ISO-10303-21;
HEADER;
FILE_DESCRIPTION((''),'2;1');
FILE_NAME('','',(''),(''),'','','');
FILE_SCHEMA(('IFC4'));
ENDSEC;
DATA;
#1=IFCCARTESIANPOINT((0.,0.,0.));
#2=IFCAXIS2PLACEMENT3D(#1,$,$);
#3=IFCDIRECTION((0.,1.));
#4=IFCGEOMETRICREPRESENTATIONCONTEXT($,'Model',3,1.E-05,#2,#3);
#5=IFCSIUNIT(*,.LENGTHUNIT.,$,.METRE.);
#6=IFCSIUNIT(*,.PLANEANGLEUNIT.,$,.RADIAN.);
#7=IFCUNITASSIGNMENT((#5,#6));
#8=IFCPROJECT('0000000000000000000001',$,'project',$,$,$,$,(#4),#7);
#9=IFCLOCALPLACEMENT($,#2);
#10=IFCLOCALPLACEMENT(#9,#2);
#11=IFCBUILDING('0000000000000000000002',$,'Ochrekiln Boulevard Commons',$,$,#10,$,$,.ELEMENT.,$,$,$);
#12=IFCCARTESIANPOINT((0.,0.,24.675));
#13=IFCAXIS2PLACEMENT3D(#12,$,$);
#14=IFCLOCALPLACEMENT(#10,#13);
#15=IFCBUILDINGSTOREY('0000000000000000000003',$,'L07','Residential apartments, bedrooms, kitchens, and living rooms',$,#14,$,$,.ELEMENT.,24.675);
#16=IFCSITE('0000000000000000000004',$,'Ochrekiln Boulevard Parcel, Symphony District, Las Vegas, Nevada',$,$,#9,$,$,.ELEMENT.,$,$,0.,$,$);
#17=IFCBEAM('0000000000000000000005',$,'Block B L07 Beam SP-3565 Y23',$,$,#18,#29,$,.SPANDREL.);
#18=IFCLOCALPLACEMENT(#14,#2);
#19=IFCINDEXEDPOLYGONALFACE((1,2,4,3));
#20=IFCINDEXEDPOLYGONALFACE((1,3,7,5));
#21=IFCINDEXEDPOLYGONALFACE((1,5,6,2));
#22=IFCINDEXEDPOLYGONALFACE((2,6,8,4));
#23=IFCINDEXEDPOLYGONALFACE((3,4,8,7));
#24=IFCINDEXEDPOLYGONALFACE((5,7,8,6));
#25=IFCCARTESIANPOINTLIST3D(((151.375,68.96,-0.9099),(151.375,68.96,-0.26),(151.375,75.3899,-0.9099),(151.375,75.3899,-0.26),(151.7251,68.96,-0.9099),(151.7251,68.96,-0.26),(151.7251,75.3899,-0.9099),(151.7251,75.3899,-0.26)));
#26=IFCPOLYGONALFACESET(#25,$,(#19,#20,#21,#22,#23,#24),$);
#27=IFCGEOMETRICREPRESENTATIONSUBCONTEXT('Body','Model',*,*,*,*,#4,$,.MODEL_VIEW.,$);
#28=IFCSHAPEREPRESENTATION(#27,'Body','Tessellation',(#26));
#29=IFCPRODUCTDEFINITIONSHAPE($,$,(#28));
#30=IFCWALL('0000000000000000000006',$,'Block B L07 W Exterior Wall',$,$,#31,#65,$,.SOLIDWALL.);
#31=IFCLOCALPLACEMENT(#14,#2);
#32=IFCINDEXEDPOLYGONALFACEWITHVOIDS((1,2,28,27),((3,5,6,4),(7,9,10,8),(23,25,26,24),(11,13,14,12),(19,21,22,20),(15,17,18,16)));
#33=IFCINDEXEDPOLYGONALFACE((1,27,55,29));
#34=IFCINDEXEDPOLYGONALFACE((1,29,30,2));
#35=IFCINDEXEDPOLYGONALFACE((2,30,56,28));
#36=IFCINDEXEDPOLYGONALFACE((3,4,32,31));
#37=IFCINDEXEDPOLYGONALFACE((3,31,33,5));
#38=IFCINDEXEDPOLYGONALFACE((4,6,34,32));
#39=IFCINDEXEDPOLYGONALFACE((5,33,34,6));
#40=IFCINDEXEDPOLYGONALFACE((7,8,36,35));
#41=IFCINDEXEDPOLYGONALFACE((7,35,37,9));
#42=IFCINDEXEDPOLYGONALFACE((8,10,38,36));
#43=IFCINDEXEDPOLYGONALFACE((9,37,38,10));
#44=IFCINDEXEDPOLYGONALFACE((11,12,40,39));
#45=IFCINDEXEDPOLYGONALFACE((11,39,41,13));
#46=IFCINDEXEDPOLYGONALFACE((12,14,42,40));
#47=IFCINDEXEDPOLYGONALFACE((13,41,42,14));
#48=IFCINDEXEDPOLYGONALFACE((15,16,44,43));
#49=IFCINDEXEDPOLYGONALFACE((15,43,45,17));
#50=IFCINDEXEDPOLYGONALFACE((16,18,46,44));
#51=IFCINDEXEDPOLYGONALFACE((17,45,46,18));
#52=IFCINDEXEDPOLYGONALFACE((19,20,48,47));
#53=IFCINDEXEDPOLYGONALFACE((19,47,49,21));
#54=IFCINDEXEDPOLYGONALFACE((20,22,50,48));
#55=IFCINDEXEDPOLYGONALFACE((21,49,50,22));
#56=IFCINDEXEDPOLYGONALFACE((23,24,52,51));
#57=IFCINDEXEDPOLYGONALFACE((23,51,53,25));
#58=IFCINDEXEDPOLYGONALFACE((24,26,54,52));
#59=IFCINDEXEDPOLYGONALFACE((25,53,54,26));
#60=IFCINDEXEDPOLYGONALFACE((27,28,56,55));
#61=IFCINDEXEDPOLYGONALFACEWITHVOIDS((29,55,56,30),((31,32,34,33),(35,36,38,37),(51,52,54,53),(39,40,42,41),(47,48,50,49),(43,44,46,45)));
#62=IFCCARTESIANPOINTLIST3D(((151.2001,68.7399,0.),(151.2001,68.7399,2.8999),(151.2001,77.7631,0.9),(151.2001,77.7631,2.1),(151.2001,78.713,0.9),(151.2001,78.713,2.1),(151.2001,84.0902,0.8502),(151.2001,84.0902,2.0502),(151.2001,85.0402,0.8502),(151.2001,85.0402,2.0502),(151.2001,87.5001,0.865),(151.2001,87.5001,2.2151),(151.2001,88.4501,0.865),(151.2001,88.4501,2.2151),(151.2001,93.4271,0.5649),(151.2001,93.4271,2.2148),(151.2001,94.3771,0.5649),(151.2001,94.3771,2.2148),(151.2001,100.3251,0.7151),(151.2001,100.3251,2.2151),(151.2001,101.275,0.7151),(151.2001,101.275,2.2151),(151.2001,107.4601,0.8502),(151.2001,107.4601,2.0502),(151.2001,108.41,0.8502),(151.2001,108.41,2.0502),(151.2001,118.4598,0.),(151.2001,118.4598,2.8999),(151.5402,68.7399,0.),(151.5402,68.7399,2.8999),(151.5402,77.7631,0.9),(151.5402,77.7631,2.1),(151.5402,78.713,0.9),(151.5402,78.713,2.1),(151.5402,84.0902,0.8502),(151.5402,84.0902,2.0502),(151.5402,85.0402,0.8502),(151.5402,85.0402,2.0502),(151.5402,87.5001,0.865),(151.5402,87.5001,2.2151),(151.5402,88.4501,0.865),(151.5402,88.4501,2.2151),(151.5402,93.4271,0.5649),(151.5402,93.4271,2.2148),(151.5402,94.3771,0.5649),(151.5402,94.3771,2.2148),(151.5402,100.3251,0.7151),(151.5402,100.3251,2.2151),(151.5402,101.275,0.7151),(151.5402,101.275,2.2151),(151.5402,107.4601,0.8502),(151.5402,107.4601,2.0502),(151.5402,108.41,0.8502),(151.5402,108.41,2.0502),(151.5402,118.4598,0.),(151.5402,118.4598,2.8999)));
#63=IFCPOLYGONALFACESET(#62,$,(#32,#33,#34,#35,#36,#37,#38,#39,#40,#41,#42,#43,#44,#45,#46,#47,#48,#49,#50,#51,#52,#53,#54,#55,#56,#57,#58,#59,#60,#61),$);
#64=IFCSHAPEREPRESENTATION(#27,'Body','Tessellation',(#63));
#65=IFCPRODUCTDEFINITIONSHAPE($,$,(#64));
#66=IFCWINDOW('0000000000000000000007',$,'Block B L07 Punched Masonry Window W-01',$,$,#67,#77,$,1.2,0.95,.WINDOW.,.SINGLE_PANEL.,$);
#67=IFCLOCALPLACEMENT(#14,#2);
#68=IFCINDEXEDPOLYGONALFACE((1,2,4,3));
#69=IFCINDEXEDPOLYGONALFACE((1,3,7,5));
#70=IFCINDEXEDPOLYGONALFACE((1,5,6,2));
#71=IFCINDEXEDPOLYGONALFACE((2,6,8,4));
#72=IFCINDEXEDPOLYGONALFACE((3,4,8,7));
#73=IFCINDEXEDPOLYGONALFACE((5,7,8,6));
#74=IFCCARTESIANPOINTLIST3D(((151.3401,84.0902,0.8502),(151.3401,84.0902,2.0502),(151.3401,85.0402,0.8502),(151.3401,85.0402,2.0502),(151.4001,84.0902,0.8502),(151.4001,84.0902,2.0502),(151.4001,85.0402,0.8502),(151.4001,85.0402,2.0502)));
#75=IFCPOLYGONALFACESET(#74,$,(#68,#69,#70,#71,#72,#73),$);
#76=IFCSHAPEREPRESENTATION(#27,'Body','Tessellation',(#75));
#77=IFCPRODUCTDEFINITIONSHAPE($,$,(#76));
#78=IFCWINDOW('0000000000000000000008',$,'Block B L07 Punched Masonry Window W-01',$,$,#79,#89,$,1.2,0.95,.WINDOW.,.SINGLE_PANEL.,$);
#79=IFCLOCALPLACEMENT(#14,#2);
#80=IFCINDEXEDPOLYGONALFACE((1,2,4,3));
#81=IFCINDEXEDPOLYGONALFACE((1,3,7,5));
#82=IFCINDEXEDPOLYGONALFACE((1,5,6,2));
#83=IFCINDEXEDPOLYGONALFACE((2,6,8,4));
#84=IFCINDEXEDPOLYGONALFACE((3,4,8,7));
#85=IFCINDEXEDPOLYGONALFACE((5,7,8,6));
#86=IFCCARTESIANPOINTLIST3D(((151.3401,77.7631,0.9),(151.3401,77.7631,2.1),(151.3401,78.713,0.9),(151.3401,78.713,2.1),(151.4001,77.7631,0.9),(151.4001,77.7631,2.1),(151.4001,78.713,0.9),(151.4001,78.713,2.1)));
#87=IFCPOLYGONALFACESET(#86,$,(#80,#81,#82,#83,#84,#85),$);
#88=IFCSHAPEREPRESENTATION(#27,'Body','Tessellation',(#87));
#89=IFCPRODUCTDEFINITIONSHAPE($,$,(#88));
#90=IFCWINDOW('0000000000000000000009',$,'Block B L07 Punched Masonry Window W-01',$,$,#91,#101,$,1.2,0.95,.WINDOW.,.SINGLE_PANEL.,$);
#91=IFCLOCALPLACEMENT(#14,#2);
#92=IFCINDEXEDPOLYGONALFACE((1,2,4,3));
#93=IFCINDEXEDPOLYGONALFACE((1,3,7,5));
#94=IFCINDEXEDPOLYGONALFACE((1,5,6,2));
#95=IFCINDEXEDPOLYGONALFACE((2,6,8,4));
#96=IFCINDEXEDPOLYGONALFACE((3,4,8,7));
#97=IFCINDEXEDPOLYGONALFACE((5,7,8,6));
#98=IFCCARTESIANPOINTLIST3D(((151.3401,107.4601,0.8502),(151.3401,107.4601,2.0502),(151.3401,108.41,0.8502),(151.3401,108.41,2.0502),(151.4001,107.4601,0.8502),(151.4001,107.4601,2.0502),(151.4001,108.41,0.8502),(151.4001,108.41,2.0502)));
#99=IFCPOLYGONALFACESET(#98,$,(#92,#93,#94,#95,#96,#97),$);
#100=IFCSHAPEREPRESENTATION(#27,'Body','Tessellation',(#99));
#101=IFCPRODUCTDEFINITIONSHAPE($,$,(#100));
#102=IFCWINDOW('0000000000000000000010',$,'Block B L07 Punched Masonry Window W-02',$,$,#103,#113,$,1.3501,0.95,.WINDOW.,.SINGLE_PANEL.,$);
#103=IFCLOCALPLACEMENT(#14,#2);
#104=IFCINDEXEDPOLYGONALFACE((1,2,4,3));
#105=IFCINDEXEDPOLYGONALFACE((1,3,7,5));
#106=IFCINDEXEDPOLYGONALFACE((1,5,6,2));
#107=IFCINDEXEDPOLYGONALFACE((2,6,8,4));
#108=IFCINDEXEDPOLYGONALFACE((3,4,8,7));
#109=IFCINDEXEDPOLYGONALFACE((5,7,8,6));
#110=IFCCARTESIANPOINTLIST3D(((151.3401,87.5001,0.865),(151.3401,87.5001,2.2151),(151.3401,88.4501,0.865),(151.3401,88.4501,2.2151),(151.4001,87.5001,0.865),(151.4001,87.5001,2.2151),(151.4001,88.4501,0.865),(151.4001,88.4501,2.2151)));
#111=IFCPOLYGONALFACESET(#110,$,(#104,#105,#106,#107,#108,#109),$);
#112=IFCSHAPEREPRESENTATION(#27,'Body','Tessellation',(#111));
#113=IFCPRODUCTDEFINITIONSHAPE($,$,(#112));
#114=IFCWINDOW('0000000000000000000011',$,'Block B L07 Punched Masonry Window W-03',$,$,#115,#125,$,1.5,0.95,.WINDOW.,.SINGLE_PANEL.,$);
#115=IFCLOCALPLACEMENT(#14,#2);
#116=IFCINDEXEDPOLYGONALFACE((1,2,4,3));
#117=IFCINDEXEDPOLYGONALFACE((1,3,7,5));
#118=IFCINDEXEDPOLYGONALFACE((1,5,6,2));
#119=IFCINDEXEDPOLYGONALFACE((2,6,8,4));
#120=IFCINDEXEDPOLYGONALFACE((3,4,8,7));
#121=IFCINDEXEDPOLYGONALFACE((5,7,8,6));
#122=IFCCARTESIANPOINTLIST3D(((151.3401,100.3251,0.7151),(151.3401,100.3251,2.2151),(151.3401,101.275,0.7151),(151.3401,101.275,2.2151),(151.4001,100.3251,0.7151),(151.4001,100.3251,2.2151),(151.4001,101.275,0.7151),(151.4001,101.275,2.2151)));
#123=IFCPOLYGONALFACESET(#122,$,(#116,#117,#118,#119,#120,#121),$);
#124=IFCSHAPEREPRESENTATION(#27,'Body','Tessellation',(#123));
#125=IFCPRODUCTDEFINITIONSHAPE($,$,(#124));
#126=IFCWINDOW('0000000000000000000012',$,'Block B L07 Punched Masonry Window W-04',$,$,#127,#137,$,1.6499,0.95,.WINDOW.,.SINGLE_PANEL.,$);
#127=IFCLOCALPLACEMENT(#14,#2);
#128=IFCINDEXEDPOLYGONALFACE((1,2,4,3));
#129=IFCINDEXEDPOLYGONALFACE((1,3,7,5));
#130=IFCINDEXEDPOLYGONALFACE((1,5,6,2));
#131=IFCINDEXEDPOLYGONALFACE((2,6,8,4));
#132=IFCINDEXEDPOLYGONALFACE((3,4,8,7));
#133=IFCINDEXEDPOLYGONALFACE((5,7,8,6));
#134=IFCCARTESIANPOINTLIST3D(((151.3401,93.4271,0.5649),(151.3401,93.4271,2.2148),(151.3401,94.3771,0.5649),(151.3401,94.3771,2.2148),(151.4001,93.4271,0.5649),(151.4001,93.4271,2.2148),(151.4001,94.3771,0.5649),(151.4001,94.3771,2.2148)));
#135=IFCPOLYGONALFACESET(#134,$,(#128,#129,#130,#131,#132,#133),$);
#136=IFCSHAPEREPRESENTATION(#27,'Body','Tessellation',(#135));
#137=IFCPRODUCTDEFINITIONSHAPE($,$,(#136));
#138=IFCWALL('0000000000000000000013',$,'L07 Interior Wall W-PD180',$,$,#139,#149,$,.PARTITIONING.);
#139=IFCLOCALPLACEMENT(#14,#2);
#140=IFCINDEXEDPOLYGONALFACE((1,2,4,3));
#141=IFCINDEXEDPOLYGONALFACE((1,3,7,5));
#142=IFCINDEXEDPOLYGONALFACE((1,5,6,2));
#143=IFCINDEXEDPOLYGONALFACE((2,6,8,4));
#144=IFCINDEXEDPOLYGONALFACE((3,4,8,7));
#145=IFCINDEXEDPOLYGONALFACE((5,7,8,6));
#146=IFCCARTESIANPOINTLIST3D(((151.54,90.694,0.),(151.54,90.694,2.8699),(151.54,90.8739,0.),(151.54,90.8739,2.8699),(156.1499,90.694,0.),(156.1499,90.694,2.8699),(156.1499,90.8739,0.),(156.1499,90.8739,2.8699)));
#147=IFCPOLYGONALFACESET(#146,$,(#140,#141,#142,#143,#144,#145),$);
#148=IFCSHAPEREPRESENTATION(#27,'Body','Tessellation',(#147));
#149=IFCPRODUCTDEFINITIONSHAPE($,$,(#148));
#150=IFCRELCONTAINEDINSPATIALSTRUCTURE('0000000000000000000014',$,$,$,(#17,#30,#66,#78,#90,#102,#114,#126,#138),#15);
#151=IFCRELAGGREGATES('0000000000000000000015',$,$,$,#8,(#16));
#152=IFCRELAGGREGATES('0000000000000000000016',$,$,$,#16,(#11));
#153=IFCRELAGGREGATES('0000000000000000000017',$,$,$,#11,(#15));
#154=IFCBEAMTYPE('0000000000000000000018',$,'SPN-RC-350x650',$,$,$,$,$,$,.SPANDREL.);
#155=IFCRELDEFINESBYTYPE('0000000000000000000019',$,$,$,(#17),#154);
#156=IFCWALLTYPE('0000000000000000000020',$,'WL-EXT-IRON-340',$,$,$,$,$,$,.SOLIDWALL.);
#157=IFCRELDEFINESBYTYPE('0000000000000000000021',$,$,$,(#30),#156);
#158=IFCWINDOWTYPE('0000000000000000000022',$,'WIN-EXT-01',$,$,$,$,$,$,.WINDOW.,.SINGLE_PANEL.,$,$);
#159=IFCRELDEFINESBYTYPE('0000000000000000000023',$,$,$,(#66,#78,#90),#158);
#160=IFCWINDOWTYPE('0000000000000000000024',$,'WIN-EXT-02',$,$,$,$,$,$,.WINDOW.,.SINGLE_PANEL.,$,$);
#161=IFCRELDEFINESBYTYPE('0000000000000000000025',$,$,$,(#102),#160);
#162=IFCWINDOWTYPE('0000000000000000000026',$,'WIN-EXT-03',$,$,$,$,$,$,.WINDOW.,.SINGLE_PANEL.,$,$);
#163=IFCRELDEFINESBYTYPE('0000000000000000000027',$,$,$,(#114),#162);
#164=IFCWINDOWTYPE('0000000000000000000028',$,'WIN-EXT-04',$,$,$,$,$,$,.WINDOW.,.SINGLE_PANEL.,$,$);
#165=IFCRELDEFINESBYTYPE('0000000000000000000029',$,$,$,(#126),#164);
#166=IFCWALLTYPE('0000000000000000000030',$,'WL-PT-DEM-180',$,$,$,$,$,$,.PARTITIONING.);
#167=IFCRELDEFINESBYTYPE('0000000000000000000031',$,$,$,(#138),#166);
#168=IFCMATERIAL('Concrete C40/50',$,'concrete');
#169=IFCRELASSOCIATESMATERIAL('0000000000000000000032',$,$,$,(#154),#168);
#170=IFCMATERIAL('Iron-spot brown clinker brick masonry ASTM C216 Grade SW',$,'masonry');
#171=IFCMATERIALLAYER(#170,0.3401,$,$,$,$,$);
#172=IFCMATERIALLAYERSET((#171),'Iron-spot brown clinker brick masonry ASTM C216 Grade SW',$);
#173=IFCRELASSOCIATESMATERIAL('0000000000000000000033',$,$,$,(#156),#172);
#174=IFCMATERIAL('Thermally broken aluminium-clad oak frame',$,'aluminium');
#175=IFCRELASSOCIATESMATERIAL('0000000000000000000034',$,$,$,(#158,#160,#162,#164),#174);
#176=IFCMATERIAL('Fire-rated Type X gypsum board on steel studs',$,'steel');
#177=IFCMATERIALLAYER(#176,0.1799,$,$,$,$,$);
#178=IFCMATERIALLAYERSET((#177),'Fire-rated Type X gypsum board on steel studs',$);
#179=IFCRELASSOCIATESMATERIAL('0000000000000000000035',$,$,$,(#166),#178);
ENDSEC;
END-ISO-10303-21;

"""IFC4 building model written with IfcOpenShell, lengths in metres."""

from ifc_helpers import new_model, si_unit, direction, frame, frame_2d, origin, origin_2d, place, context, subcontext, project, spatial, rectangle, extrude, material, layer, layer_set, material_profile, profile_set, type_object, element, fill, save


model = new_model("IFC4")

# Units and contexts
model_context = context("Model", 3, precision=1e-05, world=origin(), true_north=direction((0.0, 1.0)))
body_context = subcontext(model_context, "Body", "Model", "MODEL_VIEW")
ifc_project = project(units=[si_unit("LENGTHUNIT", "METRE"), si_unit("PLANEANGLEUNIT", "RADIAN")], contexts=[model_context])

# Site, building, storey
site_placement = place(None, origin())
site = spatial("IfcSite", under=ifc_project, at=site_placement, Name="Ochrekiln Boulevard Parcel, Symphony District, Las Vegas, Nevada", CompositionType="ELEMENT", RefElevation=0.0)
building_placement = place(site_placement, origin())
building = spatial("IfcBuilding", under=site, at=building_placement, Name="Ochrekiln Boulevard Commons", CompositionType="ELEMENT")
storey_placement = place(building_placement, frame((0.0, 0.0, 24.675)))
storey = spatial("IfcBuildingStorey", under=building, at=storey_placement, Name="L07", Description="Residential apartments, bedrooms, kitchens, and living rooms", CompositionType="ELEMENT", Elevation=24.675)

# Beam
ifc_material_1 = material(Name="Concrete C40/50", Category="concrete")
ifc_material_profile = material_profile(ifc_material_1, rectangle(XDim=0.3501, YDim=0.6499, at=origin_2d()), Name="RC-SPN-350x650")
ifc_profile_set = profile_set([ifc_material_profile], Name="Concrete C40/50")
beam_type = type_object("IfcBeamType", Name="SPN-RC-350x650", PredefinedType="SPANDREL", material=ifc_profile_set)
beam_placement = place(storey_placement, frame((151.55, 68.96, -0.585), z_axis=(0.0, 1.0, 0.0), x_axis=(-1.0, 0.0, 0.0)))
element("IfcBeam", 1, at=beam_placement, inside=storey, type_object=beam_type, Name="Block B L07 Beam SP-3565 Y23", PredefinedType="SPANDREL", context=body_context, shape_type="SweptSolid", body=[
    extrude(rectangle(XDim=0.3501, YDim=0.6499, at=origin_2d()), origin(), (0.0, 0.0, 1.0), 6.4299),
])

# Wall, openings, windows
ifc_material_2 = material(Name="Iron-spot brown clinker brick masonry ASTM C216 Grade SW", Category="masonry")
ifc_layer_1 = layer(ifc_material_2, 0.3401)
ifc_layer_set_1 = layer_set([ifc_layer_1], Name="Iron-spot brown clinker brick masonry ASTM C216 Grade SW")
wall_type_1 = type_object("IfcWallType", Name="WL-EXT-IRON-340", PredefinedType="SOLIDWALL", material=ifc_layer_set_1)
wall_1_placement = place(storey_placement, frame((151.3701, 68.74, 0.0), z_axis=(0.0, 0.0, 1.0), x_axis=(0.0, 1.0, 0.0)))
wall_1 = element("IfcWall", 2, at=wall_1_placement, inside=storey, type_object=wall_type_1, Name="Block B L07 W Exterior Wall", PredefinedType="SOLIDWALL", context=body_context, shape_type="SweptSolid", body=[
    extrude(rectangle(XDim=49.72, YDim=0.3401, at=frame_2d((24.8599, 0.0))), origin(), (0.0, 0.0, 1.0), 2.8999),
])
opening_1_placement = place(wall_1_placement, frame((15.3501, 0.0, 0.8501)))
opening_1 = element("IfcOpeningElement", 3, at=opening_1_placement, cuts=wall_1, PredefinedType="OPENING", context=body_context, shape_type="SweptSolid", body=[
    extrude(rectangle(XDim=0.95, YDim=1.2, at=frame_2d((0.4751, 0.6001))), frame((0.0, 0.1799, 0.0), z_axis=(0.0, -1.0, 0.0), x_axis=(1.0, 0.0, 0.0)), (0.0, 0.0, 1.0), 0.3601),
])
opening_2_placement = place(wall_1_placement, frame((9.0229, 0.0, 0.8999)))
opening_2 = element("IfcOpeningElement", 4, at=opening_2_placement, cuts=wall_1, PredefinedType="OPENING", context=body_context, shape_type="SweptSolid", body=[
    extrude(rectangle(XDim=0.95, YDim=1.2, at=frame_2d((0.4751, 0.6001))), frame((0.0, 0.1799, 0.0), z_axis=(0.0, -1.0, 0.0), x_axis=(1.0, 0.0, 0.0)), (0.0, 0.0, 1.0), 0.3601),
])
opening_3_placement = place(wall_1_placement, frame((18.76, 0.0, 0.865)))
opening_3 = element("IfcOpeningElement", 5, at=opening_3_placement, cuts=wall_1, PredefinedType="OPENING", context=body_context, shape_type="SweptSolid", body=[
    extrude(rectangle(XDim=0.95, YDim=1.3501, at=frame_2d((0.4751, 0.675))), frame((0.0, 0.1799, 0.0), z_axis=(0.0, -1.0, 0.0), x_axis=(1.0, 0.0, 0.0)), (0.0, 0.0, 1.0), 0.3601),
])
opening_4_placement = place(wall_1_placement, frame((31.585, 0.0, 0.7151)))
opening_4 = element("IfcOpeningElement", 6, at=opening_4_placement, cuts=wall_1, PredefinedType="OPENING", context=body_context, shape_type="SweptSolid", body=[
    extrude(rectangle(XDim=0.95, YDim=1.5, at=frame_2d((0.4751, 0.75))), frame((0.0, 0.1799, 0.0), z_axis=(0.0, -1.0, 0.0), x_axis=(1.0, 0.0, 0.0)), (0.0, 0.0, 1.0), 0.3601),
])
opening_5_placement = place(wall_1_placement, frame((24.687, 0.0, 0.5649)))
opening_5 = element("IfcOpeningElement", 7, at=opening_5_placement, cuts=wall_1, PredefinedType="OPENING", context=body_context, shape_type="SweptSolid", body=[
    extrude(rectangle(XDim=0.95, YDim=1.6499, at=frame_2d((0.4751, 0.825))), frame((0.0, 0.1799, 0.0), z_axis=(0.0, -1.0, 0.0), x_axis=(1.0, 0.0, 0.0)), (0.0, 0.0, 1.0), 0.3601),
])
opening_6_placement = place(wall_1_placement, frame((38.72, 0.0, 0.8501)))
opening_6 = element("IfcOpeningElement", 8, at=opening_6_placement, cuts=wall_1, PredefinedType="OPENING", context=body_context, shape_type="SweptSolid", body=[
    extrude(rectangle(XDim=0.95, YDim=1.2, at=frame_2d((0.4751, 0.6001))), frame((0.0, 0.1799, 0.0), z_axis=(0.0, -1.0, 0.0), x_axis=(1.0, 0.0, 0.0)), (0.0, 0.0, 1.0), 0.3601),
])
ifc_material_3 = material(Name="Thermally broken aluminium-clad oak frame", Category="aluminium")
window_type_1 = type_object("IfcWindowType", Name="WIN-EXT-01", PartitioningType="SINGLE_PANEL", PredefinedType="WINDOW", material=ifc_material_3)
window_1_placement = place(opening_1_placement, origin())
window_1 = element("IfcWindow", 9, at=window_1_placement, inside=storey, type_object=window_type_1, Name="Block B L07 Punched Masonry Window W-01", OverallHeight=1.2, OverallWidth=0.95, PartitioningType="SINGLE_PANEL", PredefinedType="WINDOW", context=body_context, shape_type="SweptSolid", body=[
    extrude(rectangle(XDim=0.95, YDim=1.2, at=frame_2d((0.4751, 0.6001))), frame((0.0, 0.03, 0.0), z_axis=(0.0, -1.0, 0.0), x_axis=(1.0, 0.0, 0.0)), (0.0, 0.0, 1.0), 0.0601),
])
fill(opening_1, window_1)
window_2_placement = place(opening_2_placement, origin())
window_2 = element("IfcWindow", 10, at=window_2_placement, inside=storey, type_object=window_type_1, Name="Block B L07 Punched Masonry Window W-01", OverallHeight=1.2, OverallWidth=0.95, PartitioningType="SINGLE_PANEL", PredefinedType="WINDOW", context=body_context, shape_type="SweptSolid", body=[
    extrude(rectangle(XDim=0.95, YDim=1.2, at=frame_2d((0.4751, 0.6001))), frame((0.0, 0.03, 0.0), z_axis=(0.0, -1.0, 0.0), x_axis=(1.0, 0.0, 0.0)), (0.0, 0.0, 1.0), 0.0601),
])
fill(opening_2, window_2)
window_3_placement = place(opening_6_placement, origin())
window_3 = element("IfcWindow", 11, at=window_3_placement, inside=storey, type_object=window_type_1, Name="Block B L07 Punched Masonry Window W-01", OverallHeight=1.2, OverallWidth=0.95, PartitioningType="SINGLE_PANEL", PredefinedType="WINDOW", context=body_context, shape_type="SweptSolid", body=[
    extrude(rectangle(XDim=0.95, YDim=1.2, at=frame_2d((0.4751, 0.6001))), frame((0.0, 0.03, 0.0), z_axis=(0.0, -1.0, 0.0), x_axis=(1.0, 0.0, 0.0)), (0.0, 0.0, 1.0), 0.0601),
])
fill(opening_6, window_3)
window_type_2 = type_object("IfcWindowType", Name="WIN-EXT-02", PartitioningType="SINGLE_PANEL", PredefinedType="WINDOW", material=ifc_material_3)
window_4_placement = place(opening_3_placement, origin())
window_4 = element("IfcWindow", 12, at=window_4_placement, inside=storey, type_object=window_type_2, Name="Block B L07 Punched Masonry Window W-02", OverallHeight=1.3501, OverallWidth=0.95, PartitioningType="SINGLE_PANEL", PredefinedType="WINDOW", context=body_context, shape_type="SweptSolid", body=[
    extrude(rectangle(XDim=0.95, YDim=1.3501, at=frame_2d((0.4751, 0.675))), frame((0.0, 0.03, 0.0), z_axis=(0.0, -1.0, 0.0), x_axis=(1.0, 0.0, 0.0)), (0.0, 0.0, 1.0), 0.0601),
])
fill(opening_3, window_4)
window_type_3 = type_object("IfcWindowType", Name="WIN-EXT-03", PartitioningType="SINGLE_PANEL", PredefinedType="WINDOW", material=ifc_material_3)
window_5_placement = place(opening_4_placement, origin())
window_5 = element("IfcWindow", 13, at=window_5_placement, inside=storey, type_object=window_type_3, Name="Block B L07 Punched Masonry Window W-03", OverallHeight=1.5, OverallWidth=0.95, PartitioningType="SINGLE_PANEL", PredefinedType="WINDOW", context=body_context, shape_type="SweptSolid", body=[
    extrude(rectangle(XDim=0.95, YDim=1.5, at=frame_2d((0.4751, 0.75))), frame((0.0, 0.03, 0.0), z_axis=(0.0, -1.0, 0.0), x_axis=(1.0, 0.0, 0.0)), (0.0, 0.0, 1.0), 0.0601),
])
fill(opening_4, window_5)
window_type_4 = type_object("IfcWindowType", Name="WIN-EXT-04", PartitioningType="SINGLE_PANEL", PredefinedType="WINDOW", material=ifc_material_3)
window_6_placement = place(opening_5_placement, origin())
window_6 = element("IfcWindow", 14, at=window_6_placement, inside=storey, type_object=window_type_4, Name="Block B L07 Punched Masonry Window W-04", OverallHeight=1.6499, OverallWidth=0.95, PartitioningType="SINGLE_PANEL", PredefinedType="WINDOW", context=body_context, shape_type="SweptSolid", body=[
    extrude(rectangle(XDim=0.95, YDim=1.6499, at=frame_2d((0.4751, 0.825))), frame((0.0, 0.03, 0.0), z_axis=(0.0, -1.0, 0.0), x_axis=(1.0, 0.0, 0.0)), (0.0, 0.0, 1.0), 0.0601),
])
fill(opening_5, window_6)

# Wall
ifc_material_4 = material(Name="Fire-rated Type X gypsum board on steel studs", Category="steel")
ifc_layer_2 = layer(ifc_material_4, 0.1799)
ifc_layer_set_2 = layer_set([ifc_layer_2], Name="Fire-rated Type X gypsum board on steel studs")
wall_type_2 = type_object("IfcWallType", Name="WL-PT-DEM-180", PredefinedType="PARTITIONING", material=ifc_layer_set_2)
wall_2_placement = place(storey_placement, frame((151.54, 90.7839, 0.0), z_axis=(0.0, 0.0, 1.0), x_axis=(1.0, 0.0, 0.0)))
element("IfcWall", 15, at=wall_2_placement, inside=storey, type_object=wall_type_2, Name="L07 Interior Wall W-PD180", PredefinedType="PARTITIONING", context=body_context, shape_type="SweptSolid", body=[
    extrude(rectangle(XDim=4.6099, YDim=0.1799, at=frame_2d((2.3049, 0.0))), origin(), (0.0, 0.0, 1.0), 2.8699),
])

save(model, "model.ifc")
